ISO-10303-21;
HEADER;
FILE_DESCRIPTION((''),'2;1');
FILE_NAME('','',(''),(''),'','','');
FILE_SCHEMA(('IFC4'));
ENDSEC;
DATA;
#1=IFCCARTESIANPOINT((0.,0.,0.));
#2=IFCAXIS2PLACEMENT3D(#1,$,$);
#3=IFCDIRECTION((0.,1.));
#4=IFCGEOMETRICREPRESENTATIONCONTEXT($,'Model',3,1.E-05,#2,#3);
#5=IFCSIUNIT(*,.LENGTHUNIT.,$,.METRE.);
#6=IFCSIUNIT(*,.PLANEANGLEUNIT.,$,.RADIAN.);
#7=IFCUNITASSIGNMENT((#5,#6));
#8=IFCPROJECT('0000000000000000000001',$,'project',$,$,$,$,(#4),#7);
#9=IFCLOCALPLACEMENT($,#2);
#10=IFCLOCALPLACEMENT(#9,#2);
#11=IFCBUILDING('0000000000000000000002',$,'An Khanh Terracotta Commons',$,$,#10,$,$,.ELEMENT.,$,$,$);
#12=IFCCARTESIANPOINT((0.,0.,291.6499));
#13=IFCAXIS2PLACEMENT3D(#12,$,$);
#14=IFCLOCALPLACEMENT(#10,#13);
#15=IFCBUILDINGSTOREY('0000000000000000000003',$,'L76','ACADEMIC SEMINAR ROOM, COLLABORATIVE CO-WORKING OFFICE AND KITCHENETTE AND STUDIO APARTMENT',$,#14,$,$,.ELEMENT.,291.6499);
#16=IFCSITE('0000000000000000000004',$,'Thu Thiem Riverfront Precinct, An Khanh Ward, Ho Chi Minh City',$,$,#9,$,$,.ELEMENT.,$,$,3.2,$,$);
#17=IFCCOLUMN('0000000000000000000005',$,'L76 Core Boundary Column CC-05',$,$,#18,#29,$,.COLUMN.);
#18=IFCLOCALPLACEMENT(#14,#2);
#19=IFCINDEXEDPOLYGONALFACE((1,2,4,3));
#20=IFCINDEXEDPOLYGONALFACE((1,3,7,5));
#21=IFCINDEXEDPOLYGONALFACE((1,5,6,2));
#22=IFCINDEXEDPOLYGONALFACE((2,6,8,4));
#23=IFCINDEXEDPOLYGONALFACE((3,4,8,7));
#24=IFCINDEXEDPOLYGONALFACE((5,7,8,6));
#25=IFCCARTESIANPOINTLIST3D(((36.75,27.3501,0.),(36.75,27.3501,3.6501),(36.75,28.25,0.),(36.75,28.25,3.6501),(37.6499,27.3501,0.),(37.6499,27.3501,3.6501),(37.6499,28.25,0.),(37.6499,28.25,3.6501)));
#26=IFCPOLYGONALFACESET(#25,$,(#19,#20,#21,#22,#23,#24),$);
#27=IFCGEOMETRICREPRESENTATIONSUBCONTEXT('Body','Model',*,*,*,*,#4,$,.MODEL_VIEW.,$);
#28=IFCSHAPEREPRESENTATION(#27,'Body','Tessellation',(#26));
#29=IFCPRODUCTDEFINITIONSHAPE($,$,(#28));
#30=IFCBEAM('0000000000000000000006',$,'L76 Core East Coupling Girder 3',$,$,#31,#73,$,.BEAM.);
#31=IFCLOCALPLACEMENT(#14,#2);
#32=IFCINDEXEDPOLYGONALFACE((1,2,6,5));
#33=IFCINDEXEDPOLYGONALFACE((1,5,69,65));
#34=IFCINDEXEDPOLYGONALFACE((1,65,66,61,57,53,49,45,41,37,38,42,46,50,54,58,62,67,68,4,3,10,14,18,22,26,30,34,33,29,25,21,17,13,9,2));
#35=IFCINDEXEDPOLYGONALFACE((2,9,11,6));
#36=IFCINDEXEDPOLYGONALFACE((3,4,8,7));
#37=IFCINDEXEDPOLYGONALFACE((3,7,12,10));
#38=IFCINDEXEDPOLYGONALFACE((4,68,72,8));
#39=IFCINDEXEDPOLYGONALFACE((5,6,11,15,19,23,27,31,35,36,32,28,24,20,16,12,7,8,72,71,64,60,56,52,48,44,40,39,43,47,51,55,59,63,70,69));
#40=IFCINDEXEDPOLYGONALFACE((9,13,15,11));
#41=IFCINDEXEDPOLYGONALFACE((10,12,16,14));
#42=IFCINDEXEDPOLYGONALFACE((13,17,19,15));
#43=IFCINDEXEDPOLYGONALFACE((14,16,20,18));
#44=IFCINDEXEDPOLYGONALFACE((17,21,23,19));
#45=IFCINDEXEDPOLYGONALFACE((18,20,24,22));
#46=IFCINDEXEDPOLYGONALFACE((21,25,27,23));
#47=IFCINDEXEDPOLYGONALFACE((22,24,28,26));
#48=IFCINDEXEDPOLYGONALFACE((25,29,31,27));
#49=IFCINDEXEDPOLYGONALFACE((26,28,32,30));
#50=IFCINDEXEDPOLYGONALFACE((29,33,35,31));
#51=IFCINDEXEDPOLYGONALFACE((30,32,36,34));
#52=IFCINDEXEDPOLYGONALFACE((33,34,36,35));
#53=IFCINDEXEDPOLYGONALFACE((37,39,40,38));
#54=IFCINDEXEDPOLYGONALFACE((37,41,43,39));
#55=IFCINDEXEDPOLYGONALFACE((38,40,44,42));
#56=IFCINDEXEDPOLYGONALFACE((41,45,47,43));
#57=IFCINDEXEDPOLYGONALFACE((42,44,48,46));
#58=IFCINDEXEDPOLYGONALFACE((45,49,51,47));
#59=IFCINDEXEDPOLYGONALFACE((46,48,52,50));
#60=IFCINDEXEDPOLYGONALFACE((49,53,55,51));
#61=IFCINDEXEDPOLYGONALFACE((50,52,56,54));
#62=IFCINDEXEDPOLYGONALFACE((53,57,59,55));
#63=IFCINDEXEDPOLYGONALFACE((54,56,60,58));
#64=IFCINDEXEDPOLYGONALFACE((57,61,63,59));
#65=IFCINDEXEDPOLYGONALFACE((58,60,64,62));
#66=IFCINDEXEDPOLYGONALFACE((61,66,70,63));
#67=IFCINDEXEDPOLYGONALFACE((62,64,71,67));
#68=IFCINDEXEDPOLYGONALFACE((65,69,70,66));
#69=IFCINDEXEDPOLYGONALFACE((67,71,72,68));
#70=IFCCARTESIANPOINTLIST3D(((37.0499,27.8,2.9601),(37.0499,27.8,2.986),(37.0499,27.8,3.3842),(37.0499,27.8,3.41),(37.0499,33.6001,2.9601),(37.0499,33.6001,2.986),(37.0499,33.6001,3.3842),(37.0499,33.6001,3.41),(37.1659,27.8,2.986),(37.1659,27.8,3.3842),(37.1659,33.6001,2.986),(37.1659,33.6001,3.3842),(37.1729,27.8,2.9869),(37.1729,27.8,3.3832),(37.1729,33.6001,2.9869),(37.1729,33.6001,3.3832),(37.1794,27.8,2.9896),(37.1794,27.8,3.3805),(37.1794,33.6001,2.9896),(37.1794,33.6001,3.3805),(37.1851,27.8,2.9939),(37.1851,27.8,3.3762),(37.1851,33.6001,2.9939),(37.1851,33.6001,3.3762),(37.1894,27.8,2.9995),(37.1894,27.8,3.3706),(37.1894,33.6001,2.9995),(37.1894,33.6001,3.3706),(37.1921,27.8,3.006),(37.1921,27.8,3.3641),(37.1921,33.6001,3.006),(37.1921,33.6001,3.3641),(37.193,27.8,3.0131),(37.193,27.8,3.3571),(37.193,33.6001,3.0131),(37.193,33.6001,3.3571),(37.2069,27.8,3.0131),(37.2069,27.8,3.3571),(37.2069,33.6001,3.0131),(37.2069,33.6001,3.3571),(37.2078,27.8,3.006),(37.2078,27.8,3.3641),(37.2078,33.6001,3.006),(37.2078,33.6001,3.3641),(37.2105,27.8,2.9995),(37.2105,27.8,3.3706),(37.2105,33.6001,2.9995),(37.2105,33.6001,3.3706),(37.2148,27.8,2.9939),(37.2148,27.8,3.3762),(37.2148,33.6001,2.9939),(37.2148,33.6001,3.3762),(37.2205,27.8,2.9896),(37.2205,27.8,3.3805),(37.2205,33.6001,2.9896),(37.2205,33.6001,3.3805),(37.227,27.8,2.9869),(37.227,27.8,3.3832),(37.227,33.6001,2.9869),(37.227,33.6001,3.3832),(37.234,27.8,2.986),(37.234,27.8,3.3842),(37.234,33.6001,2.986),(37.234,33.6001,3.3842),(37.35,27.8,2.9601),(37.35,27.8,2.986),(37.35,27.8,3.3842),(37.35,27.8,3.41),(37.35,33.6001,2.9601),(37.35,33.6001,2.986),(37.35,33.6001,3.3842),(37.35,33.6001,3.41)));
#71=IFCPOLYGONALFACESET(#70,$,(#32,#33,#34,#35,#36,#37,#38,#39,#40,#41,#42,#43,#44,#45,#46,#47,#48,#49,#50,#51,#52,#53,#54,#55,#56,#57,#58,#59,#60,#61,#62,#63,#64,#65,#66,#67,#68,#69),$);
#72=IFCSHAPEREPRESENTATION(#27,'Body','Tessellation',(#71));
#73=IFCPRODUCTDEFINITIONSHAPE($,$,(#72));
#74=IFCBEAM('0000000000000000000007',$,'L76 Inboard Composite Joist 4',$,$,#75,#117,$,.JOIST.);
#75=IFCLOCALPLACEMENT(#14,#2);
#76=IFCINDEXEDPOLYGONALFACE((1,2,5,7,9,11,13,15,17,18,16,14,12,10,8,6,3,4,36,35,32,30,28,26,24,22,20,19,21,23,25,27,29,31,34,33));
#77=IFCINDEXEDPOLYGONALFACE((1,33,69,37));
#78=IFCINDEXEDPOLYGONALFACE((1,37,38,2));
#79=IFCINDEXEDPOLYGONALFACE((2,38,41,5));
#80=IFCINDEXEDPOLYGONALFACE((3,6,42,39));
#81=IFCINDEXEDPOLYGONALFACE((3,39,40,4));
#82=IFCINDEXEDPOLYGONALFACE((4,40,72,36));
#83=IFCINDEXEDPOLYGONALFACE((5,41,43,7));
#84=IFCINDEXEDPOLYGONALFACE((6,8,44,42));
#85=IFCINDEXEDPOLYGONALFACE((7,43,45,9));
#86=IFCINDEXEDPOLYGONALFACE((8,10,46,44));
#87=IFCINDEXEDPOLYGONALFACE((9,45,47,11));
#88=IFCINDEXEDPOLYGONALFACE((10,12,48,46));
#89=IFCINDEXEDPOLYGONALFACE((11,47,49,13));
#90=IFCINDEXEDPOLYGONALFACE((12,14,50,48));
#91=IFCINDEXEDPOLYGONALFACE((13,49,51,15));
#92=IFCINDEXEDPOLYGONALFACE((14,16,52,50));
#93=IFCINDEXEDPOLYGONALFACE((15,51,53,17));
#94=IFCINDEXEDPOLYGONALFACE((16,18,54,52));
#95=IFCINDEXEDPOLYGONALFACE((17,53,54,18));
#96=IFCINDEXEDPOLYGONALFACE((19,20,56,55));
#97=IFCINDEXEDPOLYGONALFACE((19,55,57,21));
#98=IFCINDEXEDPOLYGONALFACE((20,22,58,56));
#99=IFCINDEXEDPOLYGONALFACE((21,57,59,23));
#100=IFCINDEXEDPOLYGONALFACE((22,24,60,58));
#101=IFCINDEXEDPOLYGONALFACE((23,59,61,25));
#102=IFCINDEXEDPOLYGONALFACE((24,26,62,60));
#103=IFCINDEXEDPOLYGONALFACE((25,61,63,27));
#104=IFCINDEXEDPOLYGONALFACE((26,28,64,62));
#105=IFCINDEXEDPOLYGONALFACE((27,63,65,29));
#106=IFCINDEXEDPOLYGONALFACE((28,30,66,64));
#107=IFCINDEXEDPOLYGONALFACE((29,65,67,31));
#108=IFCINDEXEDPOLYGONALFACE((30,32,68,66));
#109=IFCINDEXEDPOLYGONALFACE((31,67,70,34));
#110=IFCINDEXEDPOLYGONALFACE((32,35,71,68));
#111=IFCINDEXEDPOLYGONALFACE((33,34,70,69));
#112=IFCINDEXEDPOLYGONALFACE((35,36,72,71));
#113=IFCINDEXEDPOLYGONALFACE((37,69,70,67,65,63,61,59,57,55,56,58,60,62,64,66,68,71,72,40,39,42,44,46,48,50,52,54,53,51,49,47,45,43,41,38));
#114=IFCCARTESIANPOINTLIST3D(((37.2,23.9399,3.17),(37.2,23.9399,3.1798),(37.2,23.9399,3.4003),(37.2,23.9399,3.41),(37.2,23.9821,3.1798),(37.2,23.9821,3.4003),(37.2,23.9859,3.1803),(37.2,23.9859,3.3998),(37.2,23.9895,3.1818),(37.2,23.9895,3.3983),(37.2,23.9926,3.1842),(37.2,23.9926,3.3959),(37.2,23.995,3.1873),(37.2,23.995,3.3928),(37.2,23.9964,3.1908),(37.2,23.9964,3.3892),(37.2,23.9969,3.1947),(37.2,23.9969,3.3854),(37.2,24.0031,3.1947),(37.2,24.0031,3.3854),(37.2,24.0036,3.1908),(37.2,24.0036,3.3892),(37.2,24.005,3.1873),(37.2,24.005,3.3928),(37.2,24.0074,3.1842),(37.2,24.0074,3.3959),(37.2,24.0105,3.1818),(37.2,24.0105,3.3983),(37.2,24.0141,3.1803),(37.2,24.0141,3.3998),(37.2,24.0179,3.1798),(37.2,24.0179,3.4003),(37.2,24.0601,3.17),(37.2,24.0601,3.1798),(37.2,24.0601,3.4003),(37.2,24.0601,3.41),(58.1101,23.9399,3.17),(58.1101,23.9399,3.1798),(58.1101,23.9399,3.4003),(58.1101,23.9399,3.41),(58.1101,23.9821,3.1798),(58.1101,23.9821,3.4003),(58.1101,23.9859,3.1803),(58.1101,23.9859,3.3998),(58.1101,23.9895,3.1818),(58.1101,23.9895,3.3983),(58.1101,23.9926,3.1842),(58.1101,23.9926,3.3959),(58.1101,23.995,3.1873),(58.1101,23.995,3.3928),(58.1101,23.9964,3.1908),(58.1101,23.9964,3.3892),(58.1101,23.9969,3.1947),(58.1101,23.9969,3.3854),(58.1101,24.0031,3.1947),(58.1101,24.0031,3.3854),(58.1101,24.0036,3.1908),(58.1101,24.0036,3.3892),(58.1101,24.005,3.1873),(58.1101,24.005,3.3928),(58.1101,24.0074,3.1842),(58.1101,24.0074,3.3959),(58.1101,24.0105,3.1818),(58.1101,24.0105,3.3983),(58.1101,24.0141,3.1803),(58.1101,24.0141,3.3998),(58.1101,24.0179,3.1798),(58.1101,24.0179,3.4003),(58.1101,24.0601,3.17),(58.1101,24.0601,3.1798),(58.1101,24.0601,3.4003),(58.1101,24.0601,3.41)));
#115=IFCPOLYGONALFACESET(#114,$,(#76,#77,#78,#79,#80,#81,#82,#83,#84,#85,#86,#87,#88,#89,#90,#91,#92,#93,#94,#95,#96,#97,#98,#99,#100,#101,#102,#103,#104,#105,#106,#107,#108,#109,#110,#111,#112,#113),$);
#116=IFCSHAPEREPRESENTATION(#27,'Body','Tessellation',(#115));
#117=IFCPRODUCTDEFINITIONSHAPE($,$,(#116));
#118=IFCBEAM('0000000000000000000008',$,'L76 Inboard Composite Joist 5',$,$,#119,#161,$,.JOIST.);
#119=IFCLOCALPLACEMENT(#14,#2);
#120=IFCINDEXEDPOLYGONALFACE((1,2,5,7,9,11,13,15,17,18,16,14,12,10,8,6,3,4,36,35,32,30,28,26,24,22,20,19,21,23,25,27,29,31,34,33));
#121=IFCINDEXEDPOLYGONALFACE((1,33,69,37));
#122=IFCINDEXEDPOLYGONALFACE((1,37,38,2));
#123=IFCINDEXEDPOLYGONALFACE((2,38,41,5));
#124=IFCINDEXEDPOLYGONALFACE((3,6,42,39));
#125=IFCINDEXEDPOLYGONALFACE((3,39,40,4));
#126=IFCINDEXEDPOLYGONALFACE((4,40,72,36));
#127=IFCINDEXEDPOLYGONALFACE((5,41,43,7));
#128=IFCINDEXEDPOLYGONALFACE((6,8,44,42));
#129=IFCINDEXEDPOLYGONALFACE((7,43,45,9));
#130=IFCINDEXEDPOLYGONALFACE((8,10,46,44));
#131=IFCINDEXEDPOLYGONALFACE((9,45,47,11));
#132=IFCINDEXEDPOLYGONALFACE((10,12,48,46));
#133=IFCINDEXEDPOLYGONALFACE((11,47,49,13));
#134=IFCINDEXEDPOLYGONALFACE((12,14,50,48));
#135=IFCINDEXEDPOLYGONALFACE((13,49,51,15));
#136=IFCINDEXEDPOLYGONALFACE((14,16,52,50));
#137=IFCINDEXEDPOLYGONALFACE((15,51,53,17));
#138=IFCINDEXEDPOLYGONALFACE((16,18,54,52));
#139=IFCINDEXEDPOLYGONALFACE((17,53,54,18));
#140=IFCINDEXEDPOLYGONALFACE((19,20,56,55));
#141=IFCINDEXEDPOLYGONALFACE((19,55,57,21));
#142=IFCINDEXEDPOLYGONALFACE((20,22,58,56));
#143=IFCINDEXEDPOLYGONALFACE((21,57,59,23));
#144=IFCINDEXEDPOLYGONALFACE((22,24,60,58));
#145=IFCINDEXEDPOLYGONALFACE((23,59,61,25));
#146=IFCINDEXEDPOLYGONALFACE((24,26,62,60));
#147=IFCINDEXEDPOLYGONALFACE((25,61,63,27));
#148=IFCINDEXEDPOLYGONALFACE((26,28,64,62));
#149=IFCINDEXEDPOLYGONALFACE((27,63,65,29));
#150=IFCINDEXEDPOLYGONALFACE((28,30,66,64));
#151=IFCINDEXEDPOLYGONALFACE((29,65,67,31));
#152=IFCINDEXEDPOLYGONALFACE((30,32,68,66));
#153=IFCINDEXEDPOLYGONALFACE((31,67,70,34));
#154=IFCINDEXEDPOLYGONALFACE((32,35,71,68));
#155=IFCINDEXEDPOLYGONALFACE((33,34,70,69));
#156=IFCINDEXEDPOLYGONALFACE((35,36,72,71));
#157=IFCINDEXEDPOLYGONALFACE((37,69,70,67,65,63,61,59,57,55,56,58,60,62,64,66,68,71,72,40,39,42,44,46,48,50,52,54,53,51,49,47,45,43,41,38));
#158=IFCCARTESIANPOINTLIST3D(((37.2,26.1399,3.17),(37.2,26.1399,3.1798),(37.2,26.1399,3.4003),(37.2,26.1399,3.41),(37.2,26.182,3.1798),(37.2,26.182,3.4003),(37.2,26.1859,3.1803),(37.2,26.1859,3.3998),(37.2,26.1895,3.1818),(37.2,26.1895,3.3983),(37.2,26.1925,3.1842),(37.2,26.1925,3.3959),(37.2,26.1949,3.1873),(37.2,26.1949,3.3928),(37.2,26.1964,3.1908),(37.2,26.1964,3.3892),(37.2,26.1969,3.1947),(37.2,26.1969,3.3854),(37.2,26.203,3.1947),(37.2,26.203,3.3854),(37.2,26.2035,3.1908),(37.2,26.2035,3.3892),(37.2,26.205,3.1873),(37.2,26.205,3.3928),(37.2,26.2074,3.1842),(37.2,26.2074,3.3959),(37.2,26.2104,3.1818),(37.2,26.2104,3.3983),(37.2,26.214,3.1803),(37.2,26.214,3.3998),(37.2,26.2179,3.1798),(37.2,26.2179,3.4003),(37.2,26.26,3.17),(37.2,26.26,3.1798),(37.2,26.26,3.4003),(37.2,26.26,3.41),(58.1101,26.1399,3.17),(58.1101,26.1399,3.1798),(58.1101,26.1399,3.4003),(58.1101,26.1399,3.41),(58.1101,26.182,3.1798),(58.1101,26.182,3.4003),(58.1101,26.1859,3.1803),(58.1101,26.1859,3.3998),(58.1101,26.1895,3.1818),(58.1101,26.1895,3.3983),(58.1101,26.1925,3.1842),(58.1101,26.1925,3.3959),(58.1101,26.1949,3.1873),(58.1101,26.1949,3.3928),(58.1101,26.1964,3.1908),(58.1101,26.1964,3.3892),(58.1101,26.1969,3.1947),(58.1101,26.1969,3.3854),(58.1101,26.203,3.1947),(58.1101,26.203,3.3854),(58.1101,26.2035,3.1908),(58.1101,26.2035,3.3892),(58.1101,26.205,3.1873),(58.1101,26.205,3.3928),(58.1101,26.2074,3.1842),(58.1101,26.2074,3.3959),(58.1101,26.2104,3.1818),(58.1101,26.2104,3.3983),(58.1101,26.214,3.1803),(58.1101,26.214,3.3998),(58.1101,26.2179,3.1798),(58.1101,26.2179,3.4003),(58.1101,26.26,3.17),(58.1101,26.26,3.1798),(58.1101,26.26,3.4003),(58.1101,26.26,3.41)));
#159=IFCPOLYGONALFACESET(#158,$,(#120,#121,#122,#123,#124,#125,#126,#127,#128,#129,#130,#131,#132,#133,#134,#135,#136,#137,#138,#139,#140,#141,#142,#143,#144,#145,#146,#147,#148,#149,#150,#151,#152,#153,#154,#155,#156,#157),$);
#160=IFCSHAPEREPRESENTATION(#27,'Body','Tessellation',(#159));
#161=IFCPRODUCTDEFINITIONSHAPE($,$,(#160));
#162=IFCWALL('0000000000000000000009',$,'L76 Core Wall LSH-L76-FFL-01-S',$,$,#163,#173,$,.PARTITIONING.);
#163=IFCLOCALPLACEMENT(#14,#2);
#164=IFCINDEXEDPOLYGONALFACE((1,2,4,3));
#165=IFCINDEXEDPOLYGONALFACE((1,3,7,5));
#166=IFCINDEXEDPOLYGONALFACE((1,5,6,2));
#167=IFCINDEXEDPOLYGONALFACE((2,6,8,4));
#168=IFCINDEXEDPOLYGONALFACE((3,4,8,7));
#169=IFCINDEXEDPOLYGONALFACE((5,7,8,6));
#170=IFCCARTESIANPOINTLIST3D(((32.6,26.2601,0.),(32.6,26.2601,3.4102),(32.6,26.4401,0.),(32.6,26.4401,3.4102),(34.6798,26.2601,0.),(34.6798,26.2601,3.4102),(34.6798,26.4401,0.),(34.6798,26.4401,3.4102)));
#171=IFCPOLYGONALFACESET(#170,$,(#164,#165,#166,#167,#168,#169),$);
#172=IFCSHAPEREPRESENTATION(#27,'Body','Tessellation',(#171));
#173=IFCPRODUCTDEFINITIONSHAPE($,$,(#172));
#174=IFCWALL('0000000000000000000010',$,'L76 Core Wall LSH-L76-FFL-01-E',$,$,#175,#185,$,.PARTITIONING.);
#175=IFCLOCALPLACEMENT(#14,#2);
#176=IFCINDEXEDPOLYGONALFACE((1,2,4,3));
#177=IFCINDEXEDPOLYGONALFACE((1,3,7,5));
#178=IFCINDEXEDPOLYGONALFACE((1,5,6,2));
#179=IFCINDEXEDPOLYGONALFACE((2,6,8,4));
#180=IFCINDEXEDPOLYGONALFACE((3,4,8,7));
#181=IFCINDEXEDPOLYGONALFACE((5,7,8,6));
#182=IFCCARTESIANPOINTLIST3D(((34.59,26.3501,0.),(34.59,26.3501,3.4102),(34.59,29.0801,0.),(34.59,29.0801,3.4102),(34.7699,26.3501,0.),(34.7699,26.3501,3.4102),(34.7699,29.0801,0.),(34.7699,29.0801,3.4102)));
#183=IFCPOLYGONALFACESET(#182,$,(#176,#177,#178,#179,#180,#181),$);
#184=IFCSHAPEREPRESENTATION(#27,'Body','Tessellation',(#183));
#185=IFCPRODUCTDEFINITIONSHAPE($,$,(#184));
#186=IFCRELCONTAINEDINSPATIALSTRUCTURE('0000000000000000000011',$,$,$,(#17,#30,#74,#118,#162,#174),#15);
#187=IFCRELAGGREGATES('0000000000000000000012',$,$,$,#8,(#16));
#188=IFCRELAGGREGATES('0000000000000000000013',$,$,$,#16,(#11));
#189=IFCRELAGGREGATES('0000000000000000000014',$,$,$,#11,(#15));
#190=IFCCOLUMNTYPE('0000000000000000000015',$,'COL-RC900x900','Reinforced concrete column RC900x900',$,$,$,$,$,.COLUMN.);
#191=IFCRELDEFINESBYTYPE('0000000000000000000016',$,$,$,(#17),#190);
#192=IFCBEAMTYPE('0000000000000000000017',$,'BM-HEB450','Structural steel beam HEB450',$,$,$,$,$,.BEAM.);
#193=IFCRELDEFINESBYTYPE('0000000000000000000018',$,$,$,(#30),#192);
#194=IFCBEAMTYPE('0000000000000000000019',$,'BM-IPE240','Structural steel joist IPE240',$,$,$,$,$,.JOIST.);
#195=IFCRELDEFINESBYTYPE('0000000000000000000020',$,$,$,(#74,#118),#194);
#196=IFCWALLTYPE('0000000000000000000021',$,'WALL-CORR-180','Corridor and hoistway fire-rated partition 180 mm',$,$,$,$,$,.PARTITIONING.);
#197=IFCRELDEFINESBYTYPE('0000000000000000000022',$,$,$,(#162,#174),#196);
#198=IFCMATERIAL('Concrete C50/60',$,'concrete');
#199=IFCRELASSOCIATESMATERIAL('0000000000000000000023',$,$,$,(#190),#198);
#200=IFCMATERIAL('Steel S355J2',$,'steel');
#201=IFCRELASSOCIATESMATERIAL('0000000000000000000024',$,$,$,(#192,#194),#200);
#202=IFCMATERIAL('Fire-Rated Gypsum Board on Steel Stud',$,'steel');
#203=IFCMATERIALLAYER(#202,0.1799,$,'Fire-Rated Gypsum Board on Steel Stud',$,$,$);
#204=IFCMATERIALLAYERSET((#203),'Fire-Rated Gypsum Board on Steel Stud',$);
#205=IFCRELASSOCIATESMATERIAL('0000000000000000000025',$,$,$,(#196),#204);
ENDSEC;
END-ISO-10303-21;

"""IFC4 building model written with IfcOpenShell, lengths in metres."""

from ifc_helpers import new_model, si_unit, direction, frame, frame_2d, origin, origin_2d, place, context, subcontext, project, spatial, rectangle, i_section, extrude, material, layer, layer_set, material_profile, profile_set, type_object, element, save


model = new_model("IFC4")

# Units and contexts
model_context = context("Model", 3, precision=1e-05, world=origin(), true_north=direction((0.0, 1.0)))
body_context = subcontext(model_context, "Body", "Model", "MODEL_VIEW")
ifc_project = project(units=[si_unit("LENGTHUNIT", "METRE"), si_unit("PLANEANGLEUNIT", "RADIAN")], contexts=[model_context])

# Site, building, storey
site_placement = place(None, origin())
site = spatial("IfcSite", under=ifc_project, at=site_placement, Name="Thu Thiem Riverfront Precinct, An Khanh Ward, Ho Chi Minh City", CompositionType="ELEMENT", RefElevation=3.2)
building_placement = place(site_placement, origin())
building = spatial("IfcBuilding", under=site, at=building_placement, Name="An Khanh Terracotta Commons", CompositionType="ELEMENT")
storey_placement = place(building_placement, frame((0.0, 0.0, 291.6499)))
storey = spatial("IfcBuildingStorey", under=building, at=storey_placement, Name="L76", Description="ACADEMIC SEMINAR ROOM, COLLABORATIVE CO-WORKING OFFICE AND KITCHENETTE AND STUDIO APARTMENT", CompositionType="ELEMENT", Elevation=291.6499)

# Column
ifc_material_1 = material(Name="Concrete C50/60", Category="concrete")
ifc_material_profile_1 = material_profile(ifc_material_1, rectangle(XDim=0.8999, YDim=0.8999, at=origin_2d()), Name="RC900x900")
ifc_profile_set_1 = profile_set([ifc_material_profile_1], Name="Concrete C50/60")
column_type = type_object("IfcColumnType", Name="COL-RC900x900", Description="Reinforced concrete column RC900x900", PredefinedType="COLUMN", material=ifc_profile_set_1)
column_placement = place(storey_placement, frame((37.2, 27.8, 0.0), z_axis=(0.0, 0.0, 1.0), x_axis=(1.0, 0.0, 0.0)))
element("IfcColumn", 1, at=column_placement, inside=storey, type_object=column_type, Name="L76 Core Boundary Column CC-05", PredefinedType="COLUMN", context=body_context, shape_type="SweptSolid", body=[
    extrude(rectangle(XDim=0.8999, YDim=0.8999, at=origin_2d()), origin(), (0.0, 0.0, 1.0), 3.6501),
])

# Beams
ifc_material_2 = material(Name="Steel S355J2", Category="steel")
ifc_material_profile_2 = material_profile(ifc_material_2, i_section(OverallWidth=0.3, OverallDepth=0.45, WebThickness=0.0139, FlangeThickness=0.0259, FilletRadius=0.0271, at=origin_2d()), Name="HEB450")
ifc_profile_set_2 = profile_set([ifc_material_profile_2], Name="Steel S355J2")
beam_type_1 = type_object("IfcBeamType", Name="BM-HEB450", Description="Structural steel beam HEB450", PredefinedType="BEAM", material=ifc_profile_set_2)
beam_placement = place(storey_placement, frame((37.2, 27.8, 3.1851), z_axis=(0.0, 1.0, 0.0), x_axis=(-1.0, 0.0, 0.0)))
element("IfcBeam", 2, at=beam_placement, inside=storey, type_object=beam_type_1, Name="L76 Core East Coupling Girder 3", PredefinedType="BEAM", context=body_context, shape_type="SweptSolid", body=[
    extrude(i_section(OverallWidth=0.3, OverallDepth=0.45, WebThickness=0.0139, FlangeThickness=0.0259, FilletRadius=0.0271, at=origin_2d()), origin(), (0.0, 0.0, 1.0), 5.8),
])
ifc_material_profile_3 = material_profile(ifc_material_2, i_section(OverallWidth=0.1201, OverallDepth=0.24, WebThickness=0.0061, FlangeThickness=0.0098, FilletRadius=0.0149, at=origin_2d()), Name="IPE240")
ifc_profile_set_3 = profile_set([ifc_material_profile_3], Name="Steel S355J2")
beam_type_2 = type_object("IfcBeamType", Name="BM-IPE240", Description="Structural steel joist IPE240", PredefinedType="JOIST", material=ifc_profile_set_3)
for number, where, z_axis, x_axis, name in (
    (3, (37.2, 24.0, 3.29), (1.0, 0.0, 0.0), (0.0, 1.0, 0.0), "L76 Inboard Composite Joist 4"),
    (4, (37.2, 26.2, 3.29), (1.0, 0.0, 0.0), (0.0, 1.0, 0.0), "L76 Inboard Composite Joist 5"),
):
    element("IfcBeam", number, at=place(storey_placement, frame(where, z_axis=z_axis, x_axis=x_axis)), inside=storey, type_object=beam_type_2, Name=name, PredefinedType="JOIST", context=body_context, shape_type="SweptSolid", body=[
        extrude(i_section(OverallWidth=0.1201, OverallDepth=0.24, WebThickness=0.0061, FlangeThickness=0.0098, FilletRadius=0.0149, at=origin_2d()), origin(), (0.0, 0.0, 1.0), 20.9102),
    ])

# Walls
ifc_material_3 = material(Name="Fire-Rated Gypsum Board on Steel Stud", Category="steel")
ifc_layer = layer(ifc_material_3, 0.1799, Name="Fire-Rated Gypsum Board on Steel Stud")
ifc_layer_set = layer_set([ifc_layer], Name="Fire-Rated Gypsum Board on Steel Stud")
wall_type = type_object("IfcWallType", Name="WALL-CORR-180", Description="Corridor and hoistway fire-rated partition 180 mm", PredefinedType="PARTITIONING", material=ifc_layer_set)
wall_1_placement = place(storey_placement, frame((34.6799, 26.3501, 0.0), z_axis=(0.0, 0.0, 1.0), x_axis=(-1.0, 0.0, 0.0)))
element("IfcWall", 5, at=wall_1_placement, inside=storey, type_object=wall_type, Name="L76 Core Wall LSH-L76-FFL-01-S", PredefinedType="PARTITIONING", context=body_context, shape_type="SweptSolid", body=[
    extrude(rectangle(XDim=2.0798, YDim=0.1799, at=frame_2d((1.04, 0.0))), origin(), (0.0, 0.0, 1.0), 3.4102),
])
wall_2_placement = place(storey_placement, frame((34.6799, 26.3501, 0.0), z_axis=(0.0, 0.0, 1.0), x_axis=(0.0, 1.0, 0.0)))
element("IfcWall", 6, at=wall_2_placement, inside=storey, type_object=wall_type, Name="L76 Core Wall LSH-L76-FFL-01-E", PredefinedType="PARTITIONING", context=body_context, shape_type="SweptSolid", body=[
    extrude(rectangle(XDim=2.73, YDim=0.1799, at=frame_2d((1.365, 0.0))), origin(), (0.0, 0.0, 1.0), 3.4102),
])

save(model, "model.ifc")
